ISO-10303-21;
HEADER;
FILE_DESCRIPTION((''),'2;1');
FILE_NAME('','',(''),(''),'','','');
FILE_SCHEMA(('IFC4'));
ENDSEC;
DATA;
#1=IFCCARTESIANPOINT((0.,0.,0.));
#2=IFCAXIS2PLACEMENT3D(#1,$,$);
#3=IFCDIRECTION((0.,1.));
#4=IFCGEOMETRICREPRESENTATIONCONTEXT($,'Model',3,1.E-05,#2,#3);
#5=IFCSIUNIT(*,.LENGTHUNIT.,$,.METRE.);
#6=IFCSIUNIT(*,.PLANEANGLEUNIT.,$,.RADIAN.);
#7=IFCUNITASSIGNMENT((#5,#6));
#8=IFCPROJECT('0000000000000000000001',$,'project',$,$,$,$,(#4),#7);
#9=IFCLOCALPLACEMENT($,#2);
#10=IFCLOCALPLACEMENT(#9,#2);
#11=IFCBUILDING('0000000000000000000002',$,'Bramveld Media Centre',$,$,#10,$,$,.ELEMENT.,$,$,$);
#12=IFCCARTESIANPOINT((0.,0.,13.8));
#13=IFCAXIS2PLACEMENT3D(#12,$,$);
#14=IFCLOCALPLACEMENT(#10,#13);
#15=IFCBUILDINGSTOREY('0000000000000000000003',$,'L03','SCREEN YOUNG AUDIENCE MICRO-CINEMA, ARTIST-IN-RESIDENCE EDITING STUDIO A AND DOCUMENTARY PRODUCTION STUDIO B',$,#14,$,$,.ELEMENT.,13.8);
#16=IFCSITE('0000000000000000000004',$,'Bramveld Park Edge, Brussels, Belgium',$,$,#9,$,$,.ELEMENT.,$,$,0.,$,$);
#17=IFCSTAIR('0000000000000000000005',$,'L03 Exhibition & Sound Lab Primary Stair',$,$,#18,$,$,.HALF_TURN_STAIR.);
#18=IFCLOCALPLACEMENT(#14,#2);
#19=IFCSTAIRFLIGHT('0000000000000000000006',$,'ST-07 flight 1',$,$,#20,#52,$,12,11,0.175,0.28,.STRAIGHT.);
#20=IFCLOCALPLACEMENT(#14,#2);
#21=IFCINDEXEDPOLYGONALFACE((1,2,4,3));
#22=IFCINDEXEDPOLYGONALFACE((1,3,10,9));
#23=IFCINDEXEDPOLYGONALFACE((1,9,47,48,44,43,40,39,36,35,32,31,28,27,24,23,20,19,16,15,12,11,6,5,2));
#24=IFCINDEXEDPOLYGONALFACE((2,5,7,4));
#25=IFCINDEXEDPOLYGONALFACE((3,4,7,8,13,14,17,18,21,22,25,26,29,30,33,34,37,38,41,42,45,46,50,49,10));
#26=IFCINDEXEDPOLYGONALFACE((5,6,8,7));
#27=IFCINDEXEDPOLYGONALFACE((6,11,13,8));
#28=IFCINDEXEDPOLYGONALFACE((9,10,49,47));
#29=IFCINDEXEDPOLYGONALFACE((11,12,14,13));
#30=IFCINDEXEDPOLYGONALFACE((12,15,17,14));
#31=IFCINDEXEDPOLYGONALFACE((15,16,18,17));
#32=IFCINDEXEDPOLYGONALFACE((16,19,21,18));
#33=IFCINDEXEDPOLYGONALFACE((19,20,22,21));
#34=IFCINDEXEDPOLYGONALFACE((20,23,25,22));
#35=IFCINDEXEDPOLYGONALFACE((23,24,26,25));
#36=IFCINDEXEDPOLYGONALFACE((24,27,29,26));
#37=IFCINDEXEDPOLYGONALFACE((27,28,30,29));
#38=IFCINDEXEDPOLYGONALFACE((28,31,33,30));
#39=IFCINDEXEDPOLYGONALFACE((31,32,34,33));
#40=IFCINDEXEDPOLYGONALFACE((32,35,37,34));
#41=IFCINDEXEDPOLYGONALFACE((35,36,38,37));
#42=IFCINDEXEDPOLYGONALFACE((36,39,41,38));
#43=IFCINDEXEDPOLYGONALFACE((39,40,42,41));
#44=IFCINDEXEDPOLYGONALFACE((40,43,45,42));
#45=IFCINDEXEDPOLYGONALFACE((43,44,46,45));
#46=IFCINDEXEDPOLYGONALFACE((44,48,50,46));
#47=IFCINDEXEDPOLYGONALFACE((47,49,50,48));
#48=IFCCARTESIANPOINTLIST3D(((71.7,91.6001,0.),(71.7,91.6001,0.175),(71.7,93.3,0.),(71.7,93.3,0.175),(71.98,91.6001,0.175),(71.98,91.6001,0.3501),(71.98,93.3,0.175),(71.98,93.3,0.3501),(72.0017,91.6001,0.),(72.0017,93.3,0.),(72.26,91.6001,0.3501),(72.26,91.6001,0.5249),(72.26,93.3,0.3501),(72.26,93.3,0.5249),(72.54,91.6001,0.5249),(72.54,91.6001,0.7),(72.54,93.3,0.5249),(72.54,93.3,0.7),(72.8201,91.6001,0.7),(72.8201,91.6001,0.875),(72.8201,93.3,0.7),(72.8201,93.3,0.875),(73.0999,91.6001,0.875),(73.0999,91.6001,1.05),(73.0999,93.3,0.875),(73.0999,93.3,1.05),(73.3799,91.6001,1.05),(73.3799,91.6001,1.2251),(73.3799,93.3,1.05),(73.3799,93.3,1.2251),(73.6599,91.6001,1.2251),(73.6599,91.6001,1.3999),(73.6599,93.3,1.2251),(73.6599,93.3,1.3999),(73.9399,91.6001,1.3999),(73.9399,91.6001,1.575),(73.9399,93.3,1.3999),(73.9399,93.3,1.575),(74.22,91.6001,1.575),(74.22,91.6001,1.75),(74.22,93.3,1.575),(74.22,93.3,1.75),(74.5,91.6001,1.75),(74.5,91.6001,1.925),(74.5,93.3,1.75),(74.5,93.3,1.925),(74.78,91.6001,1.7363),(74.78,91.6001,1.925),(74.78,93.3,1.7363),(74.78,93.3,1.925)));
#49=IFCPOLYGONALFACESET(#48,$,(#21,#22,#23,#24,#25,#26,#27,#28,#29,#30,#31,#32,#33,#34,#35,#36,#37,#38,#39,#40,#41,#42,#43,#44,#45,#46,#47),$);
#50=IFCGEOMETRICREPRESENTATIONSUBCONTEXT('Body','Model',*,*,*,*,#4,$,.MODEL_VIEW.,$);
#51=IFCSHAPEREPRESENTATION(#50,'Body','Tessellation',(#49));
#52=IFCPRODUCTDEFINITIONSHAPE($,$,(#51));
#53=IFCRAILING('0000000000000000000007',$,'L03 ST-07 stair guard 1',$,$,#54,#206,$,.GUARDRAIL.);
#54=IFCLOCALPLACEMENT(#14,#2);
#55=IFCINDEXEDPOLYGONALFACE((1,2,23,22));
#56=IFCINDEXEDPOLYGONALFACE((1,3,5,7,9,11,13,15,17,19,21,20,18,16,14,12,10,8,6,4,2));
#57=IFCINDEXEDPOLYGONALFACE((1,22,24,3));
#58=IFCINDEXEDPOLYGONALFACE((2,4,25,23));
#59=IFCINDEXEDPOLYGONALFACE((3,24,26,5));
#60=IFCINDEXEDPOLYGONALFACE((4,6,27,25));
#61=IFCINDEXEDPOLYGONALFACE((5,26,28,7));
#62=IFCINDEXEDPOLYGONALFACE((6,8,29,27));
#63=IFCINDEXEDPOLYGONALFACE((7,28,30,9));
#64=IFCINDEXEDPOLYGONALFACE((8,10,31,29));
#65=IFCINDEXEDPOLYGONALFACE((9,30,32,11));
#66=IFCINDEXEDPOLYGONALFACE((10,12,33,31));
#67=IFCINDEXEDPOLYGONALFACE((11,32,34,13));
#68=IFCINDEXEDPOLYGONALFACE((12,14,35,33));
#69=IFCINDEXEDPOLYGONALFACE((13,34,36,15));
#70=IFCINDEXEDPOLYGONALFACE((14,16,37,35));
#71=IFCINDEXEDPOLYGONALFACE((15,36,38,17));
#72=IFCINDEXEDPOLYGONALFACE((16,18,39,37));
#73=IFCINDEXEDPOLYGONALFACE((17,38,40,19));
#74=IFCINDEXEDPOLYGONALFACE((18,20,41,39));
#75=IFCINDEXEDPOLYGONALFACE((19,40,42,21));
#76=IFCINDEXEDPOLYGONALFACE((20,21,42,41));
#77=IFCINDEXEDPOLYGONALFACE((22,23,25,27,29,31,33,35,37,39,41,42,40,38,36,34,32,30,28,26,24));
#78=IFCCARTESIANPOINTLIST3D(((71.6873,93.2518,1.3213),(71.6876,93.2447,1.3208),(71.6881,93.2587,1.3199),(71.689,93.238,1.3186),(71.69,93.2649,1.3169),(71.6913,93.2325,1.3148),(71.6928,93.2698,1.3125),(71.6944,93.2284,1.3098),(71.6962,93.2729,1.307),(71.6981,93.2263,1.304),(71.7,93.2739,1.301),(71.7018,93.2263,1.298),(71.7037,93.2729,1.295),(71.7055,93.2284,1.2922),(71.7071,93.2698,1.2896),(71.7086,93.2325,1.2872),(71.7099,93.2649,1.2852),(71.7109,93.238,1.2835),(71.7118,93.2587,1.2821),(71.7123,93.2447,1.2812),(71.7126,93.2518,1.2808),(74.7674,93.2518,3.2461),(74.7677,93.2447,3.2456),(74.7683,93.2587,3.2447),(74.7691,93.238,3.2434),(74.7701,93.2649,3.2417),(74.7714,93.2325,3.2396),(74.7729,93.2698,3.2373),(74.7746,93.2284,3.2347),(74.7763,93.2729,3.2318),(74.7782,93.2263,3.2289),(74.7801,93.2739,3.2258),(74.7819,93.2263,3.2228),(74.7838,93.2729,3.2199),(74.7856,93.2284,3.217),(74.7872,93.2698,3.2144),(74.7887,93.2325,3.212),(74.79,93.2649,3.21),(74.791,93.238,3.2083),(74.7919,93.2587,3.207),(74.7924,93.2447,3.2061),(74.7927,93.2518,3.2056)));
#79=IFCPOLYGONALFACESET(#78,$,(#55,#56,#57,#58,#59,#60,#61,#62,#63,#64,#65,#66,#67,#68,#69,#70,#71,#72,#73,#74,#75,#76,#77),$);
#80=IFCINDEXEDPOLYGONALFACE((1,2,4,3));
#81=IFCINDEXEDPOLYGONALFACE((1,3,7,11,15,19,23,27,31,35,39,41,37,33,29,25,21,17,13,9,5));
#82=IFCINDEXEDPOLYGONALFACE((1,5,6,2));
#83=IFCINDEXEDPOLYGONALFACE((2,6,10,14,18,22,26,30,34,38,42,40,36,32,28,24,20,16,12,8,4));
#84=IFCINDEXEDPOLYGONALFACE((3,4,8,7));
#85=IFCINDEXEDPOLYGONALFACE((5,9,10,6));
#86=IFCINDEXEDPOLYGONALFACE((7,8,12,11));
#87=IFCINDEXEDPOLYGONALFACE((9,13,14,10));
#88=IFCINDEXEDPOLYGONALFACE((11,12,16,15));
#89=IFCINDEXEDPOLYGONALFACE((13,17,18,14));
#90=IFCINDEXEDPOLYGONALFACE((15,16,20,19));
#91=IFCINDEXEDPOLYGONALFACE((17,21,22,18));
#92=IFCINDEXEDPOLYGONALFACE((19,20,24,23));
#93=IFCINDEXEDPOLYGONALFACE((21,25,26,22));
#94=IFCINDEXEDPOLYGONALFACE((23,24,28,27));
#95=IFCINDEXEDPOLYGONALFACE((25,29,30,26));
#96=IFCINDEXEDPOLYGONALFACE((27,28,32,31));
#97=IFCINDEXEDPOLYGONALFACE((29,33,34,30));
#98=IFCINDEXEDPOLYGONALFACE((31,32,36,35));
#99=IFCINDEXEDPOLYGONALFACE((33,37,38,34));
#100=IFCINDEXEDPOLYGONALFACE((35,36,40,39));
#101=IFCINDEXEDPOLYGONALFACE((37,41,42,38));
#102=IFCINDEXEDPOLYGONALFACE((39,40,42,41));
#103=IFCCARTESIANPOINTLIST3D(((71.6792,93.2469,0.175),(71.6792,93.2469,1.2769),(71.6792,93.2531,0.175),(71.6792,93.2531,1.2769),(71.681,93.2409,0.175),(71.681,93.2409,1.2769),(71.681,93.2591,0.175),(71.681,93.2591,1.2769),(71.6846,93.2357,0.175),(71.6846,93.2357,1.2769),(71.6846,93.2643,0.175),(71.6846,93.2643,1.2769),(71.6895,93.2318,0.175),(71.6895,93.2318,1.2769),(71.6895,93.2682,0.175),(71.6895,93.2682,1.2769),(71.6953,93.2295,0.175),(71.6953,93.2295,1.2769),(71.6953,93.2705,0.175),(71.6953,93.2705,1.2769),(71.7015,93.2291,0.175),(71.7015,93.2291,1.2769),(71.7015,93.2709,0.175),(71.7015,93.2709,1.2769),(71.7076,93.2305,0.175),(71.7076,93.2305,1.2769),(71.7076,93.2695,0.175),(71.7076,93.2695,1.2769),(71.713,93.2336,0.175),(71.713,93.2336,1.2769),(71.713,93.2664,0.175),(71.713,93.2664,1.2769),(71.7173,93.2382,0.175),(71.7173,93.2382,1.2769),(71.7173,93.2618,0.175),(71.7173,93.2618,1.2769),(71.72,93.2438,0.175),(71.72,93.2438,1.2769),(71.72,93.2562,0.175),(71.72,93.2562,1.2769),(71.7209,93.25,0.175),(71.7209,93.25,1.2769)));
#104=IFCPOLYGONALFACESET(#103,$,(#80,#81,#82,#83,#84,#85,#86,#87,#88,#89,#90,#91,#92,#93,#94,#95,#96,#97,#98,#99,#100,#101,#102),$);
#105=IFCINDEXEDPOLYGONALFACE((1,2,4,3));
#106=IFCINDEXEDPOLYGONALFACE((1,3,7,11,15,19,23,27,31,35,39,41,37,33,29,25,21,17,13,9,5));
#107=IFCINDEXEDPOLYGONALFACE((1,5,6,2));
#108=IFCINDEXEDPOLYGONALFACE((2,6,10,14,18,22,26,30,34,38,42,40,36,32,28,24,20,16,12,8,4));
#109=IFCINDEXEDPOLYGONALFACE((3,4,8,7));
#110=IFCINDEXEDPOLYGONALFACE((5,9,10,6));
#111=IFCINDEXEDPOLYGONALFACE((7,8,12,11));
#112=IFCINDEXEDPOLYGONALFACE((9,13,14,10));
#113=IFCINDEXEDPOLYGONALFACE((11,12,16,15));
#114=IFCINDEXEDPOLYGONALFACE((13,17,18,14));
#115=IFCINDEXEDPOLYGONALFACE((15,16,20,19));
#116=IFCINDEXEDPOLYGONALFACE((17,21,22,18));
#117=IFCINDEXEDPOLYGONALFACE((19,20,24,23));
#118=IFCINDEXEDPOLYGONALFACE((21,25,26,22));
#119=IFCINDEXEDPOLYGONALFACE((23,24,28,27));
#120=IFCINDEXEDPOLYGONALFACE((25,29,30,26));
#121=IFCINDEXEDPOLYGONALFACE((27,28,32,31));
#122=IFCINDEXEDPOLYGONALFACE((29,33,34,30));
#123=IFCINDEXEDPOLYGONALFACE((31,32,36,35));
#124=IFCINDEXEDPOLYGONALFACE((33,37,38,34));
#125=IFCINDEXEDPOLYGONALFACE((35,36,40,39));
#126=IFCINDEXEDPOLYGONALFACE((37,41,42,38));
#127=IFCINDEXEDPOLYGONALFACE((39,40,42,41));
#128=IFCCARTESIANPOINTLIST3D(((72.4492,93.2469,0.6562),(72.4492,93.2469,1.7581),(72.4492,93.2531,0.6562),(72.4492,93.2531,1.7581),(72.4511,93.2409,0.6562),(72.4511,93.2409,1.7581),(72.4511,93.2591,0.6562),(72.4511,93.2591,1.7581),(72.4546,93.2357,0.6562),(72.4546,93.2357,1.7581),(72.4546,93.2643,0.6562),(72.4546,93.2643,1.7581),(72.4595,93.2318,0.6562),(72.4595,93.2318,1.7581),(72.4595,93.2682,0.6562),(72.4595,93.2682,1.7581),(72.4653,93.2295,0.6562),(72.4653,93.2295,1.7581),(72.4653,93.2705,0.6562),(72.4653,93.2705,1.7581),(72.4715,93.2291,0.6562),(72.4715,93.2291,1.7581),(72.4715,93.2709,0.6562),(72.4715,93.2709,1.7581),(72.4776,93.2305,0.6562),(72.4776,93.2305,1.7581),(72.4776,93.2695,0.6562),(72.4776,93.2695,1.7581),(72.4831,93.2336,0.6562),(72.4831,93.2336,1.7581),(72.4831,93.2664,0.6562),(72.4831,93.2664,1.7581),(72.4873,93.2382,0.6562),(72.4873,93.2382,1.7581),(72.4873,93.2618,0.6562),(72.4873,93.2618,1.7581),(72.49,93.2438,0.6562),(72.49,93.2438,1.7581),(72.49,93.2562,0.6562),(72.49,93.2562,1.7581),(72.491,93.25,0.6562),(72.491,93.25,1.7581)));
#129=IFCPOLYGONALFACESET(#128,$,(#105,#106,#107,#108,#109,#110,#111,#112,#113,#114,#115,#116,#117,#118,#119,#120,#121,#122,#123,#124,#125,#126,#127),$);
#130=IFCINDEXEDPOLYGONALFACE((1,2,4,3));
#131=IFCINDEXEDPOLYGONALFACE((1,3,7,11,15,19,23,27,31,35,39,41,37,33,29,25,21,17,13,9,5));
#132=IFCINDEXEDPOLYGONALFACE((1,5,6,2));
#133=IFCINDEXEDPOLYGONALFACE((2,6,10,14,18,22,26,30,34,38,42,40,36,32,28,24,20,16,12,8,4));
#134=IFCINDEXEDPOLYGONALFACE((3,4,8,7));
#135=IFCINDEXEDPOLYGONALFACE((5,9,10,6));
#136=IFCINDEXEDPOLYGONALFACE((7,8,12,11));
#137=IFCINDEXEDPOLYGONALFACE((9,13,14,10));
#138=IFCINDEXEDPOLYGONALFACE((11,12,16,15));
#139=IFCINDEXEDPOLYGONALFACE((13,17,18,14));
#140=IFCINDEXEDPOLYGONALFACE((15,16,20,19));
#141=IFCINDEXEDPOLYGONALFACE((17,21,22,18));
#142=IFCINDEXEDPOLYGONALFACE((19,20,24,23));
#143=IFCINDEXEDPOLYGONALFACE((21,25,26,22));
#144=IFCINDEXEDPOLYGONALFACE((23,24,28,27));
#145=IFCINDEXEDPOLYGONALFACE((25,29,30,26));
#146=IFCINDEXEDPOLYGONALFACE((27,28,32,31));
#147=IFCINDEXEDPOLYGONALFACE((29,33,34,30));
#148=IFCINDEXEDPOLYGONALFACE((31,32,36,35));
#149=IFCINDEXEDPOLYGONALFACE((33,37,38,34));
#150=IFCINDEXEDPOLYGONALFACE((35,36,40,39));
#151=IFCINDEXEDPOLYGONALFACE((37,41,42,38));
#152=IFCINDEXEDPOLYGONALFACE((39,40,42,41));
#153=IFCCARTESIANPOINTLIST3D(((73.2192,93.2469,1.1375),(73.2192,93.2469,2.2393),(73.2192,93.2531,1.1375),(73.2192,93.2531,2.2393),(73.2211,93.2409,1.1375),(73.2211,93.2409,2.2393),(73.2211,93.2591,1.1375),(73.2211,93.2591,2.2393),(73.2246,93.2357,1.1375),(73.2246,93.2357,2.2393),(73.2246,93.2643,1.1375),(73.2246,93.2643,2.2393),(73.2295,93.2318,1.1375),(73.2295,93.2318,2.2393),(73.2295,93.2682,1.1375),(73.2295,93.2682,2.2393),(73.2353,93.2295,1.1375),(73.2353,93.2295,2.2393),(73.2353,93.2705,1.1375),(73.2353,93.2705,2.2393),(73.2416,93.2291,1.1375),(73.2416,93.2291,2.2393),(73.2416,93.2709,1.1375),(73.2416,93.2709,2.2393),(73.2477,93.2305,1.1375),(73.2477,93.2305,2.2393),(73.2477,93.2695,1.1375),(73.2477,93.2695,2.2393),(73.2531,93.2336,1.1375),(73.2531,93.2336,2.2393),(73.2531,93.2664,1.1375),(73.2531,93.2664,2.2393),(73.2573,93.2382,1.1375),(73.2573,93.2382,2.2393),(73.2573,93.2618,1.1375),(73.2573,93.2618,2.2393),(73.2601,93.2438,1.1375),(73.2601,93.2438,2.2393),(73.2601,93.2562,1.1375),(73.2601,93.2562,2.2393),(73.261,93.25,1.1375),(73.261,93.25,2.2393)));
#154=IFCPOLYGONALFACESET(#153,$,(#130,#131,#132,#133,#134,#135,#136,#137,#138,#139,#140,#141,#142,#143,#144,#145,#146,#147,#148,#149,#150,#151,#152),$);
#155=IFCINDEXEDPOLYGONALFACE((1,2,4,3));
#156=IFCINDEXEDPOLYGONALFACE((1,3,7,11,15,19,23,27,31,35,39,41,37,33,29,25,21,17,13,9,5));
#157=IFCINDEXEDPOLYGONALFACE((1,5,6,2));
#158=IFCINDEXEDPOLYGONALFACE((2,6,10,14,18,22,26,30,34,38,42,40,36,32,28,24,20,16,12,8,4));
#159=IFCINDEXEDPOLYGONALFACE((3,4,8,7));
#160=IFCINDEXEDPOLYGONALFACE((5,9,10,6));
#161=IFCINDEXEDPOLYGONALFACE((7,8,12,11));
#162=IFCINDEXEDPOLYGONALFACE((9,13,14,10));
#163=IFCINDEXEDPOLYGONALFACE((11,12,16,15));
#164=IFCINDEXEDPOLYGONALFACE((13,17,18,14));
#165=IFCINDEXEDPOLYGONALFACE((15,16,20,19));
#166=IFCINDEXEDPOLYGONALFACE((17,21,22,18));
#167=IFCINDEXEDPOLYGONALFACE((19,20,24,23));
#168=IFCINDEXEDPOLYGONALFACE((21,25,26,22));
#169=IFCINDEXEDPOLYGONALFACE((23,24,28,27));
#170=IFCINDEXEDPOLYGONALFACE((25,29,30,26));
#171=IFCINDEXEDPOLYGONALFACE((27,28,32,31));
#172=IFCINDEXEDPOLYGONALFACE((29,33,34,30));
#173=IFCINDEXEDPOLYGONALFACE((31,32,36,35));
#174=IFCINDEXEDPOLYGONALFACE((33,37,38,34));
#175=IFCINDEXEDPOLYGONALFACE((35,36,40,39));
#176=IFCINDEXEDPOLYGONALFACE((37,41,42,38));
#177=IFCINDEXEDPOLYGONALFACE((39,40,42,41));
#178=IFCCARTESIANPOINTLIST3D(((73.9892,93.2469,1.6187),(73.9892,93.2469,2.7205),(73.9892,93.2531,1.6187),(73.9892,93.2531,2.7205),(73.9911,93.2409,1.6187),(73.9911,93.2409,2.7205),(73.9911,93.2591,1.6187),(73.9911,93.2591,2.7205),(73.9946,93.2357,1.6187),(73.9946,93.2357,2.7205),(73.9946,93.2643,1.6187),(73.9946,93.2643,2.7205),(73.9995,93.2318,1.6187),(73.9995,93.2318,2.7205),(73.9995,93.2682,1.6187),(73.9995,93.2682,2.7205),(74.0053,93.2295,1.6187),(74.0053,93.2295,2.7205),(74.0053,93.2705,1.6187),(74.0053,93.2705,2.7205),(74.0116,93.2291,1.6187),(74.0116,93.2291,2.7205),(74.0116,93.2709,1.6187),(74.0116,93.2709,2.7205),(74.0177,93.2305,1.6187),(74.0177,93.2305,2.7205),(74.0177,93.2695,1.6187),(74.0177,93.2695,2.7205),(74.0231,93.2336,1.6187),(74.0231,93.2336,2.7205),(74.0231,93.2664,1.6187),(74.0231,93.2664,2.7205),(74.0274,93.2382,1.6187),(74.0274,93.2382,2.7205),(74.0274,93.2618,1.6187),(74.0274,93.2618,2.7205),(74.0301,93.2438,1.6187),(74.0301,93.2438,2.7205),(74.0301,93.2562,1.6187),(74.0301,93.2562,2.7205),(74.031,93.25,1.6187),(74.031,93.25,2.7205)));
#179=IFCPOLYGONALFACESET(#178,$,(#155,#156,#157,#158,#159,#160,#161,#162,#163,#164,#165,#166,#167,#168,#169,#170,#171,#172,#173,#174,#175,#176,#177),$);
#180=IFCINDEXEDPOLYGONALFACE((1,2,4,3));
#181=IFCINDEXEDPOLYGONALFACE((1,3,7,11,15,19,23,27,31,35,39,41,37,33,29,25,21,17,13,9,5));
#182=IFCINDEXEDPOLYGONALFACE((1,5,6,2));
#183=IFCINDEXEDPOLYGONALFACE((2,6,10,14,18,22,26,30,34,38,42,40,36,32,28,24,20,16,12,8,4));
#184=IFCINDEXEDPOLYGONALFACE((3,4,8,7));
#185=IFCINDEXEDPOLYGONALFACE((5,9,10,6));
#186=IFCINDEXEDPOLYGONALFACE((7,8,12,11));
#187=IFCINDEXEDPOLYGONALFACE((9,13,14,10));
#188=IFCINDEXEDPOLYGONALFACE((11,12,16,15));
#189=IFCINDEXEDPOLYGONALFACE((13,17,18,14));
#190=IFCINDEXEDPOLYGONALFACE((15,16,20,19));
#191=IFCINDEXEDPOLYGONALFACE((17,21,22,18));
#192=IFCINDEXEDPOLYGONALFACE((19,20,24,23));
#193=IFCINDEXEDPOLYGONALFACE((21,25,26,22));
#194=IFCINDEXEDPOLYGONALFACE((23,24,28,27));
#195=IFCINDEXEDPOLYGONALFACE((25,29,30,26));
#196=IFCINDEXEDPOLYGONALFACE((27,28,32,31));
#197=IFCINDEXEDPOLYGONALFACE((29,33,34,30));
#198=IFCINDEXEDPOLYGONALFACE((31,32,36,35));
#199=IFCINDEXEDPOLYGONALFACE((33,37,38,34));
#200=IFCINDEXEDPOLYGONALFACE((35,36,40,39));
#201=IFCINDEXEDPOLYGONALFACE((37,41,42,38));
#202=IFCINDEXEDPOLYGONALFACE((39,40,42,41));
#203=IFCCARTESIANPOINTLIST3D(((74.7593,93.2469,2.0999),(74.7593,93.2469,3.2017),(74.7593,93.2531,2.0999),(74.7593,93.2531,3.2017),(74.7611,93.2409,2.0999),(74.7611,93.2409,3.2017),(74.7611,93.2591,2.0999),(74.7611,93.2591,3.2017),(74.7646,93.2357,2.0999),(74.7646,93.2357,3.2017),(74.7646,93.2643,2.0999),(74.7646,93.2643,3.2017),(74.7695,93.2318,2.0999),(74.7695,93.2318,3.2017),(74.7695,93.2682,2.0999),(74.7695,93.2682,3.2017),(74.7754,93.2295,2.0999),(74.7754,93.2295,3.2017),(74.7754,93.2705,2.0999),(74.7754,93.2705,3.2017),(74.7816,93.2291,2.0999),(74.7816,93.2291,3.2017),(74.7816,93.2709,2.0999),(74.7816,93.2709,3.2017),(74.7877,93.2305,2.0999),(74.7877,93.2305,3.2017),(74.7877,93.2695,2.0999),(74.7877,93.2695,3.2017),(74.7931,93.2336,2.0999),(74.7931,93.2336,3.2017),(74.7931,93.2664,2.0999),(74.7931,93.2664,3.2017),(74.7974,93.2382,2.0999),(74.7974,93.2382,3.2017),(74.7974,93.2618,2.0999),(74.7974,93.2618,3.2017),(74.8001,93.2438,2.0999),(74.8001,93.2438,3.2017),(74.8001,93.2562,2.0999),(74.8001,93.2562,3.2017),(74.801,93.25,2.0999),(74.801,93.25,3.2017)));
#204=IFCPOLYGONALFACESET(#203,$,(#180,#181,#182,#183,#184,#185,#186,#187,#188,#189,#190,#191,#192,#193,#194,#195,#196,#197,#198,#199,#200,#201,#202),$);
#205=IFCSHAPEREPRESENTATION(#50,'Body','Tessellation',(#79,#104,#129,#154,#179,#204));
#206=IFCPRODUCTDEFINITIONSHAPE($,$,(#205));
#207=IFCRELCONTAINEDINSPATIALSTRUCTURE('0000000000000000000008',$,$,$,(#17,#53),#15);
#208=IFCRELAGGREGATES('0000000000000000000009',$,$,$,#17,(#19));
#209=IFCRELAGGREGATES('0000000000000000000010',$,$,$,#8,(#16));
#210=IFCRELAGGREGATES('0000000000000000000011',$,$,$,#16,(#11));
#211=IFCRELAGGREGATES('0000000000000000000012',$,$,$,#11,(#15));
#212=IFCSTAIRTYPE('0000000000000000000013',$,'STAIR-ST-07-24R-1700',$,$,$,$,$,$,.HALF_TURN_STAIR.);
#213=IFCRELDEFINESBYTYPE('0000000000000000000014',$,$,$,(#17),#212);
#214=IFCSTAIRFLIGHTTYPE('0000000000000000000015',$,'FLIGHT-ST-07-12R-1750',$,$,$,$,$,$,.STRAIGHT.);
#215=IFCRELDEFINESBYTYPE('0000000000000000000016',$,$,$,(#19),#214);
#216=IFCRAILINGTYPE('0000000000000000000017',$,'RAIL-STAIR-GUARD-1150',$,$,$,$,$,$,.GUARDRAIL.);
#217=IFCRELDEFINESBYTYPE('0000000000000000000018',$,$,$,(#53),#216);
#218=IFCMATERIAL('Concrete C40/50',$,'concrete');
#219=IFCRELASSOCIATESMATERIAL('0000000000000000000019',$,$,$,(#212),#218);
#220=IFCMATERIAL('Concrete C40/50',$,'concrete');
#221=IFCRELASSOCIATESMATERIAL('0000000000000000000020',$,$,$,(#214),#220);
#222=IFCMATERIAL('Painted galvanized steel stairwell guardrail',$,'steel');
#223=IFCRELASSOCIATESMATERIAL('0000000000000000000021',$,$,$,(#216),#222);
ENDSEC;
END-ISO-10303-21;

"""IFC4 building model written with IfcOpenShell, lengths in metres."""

from ifc_helpers import new_model, si_unit, direction, frame, origin, origin_2d, place, context, subcontext, project, spatial, polyline, circle, outline, extrude, material, type_object, element, aggregate, save


model = new_model("IFC4")

# Units and contexts
model_context = context("Model", 3, precision=1e-05, world=origin(), true_north=direction((0.0, 1.0)))
body_context = subcontext(model_context, "Body", "Model", "MODEL_VIEW")
ifc_project = project(units=[si_unit("LENGTHUNIT", "METRE"), si_unit("PLANEANGLEUNIT", "RADIAN")], contexts=[model_context])

# Site, building, storey
site_placement = place(None, origin())
site = spatial("IfcSite", under=ifc_project, at=site_placement, Name="Bramveld Park Edge, Brussels, Belgium", CompositionType="ELEMENT", RefElevation=0.0)
building_placement = place(site_placement, origin())
building = spatial("IfcBuilding", under=site, at=building_placement, Name="Bramveld Media Centre", CompositionType="ELEMENT")
storey_placement = place(building_placement, frame((0.0, 0.0, 13.8)))
storey = spatial("IfcBuildingStorey", under=building, at=storey_placement, Name="L03", Description="SCREEN YOUNG AUDIENCE MICRO-CINEMA, ARTIST-IN-RESIDENCE EDITING STUDIO A AND DOCUMENTARY PRODUCTION STUDIO B", CompositionType="ELEMENT", Elevation=13.8)

# Stair, stair flight
ifc_material_1 = material(Name="Concrete C40/50", Category="concrete")
stair_type = type_object("IfcStairType", Name="STAIR-ST-07-24R-1700", PredefinedType="HALF_TURN_STAIR", material=ifc_material_1)
stair_placement = place(storey_placement, origin())
stair = element("IfcStair", 1, at=stair_placement, inside=storey, type_object=stair_type, Name="L03 Exhibition & Sound Lab Primary Stair", PredefinedType="HALF_TURN_STAIR")
ifc_material_2 = material(Name="Concrete C40/50", Category="concrete")
stair_flight_type = type_object("IfcStairFlightType", Name="FLIGHT-ST-07-12R-1750", PredefinedType="STRAIGHT", material=ifc_material_2)
stair_flight_placement = place(storey_placement, frame((71.7, 92.45, 0.0), z_axis=(0.0, 0.0, 1.0), x_axis=(1.0, 0.0, 0.0)))
stair_flight = element("IfcStairFlight", 2, at=stair_flight_placement, type_object=stair_flight_type, Name="ST-07 flight 1", NumberOfRisers=12, NumberOfTreads=11, PredefinedType="STRAIGHT", RiserHeight=0.175, TreadLength=0.28, context=body_context, shape_type="SweptSolid", body=[
    extrude(outline(polyline([(0.0, 0.0), (0.0, 0.175), (0.28, 0.175), (0.28, 0.3501), (0.5601, 0.3501), (0.5601, 0.5249), (0.8401, 0.5249), (0.8401, 0.7), (1.1201, 0.7), (1.1201, 0.875), (1.3999, 0.875), (1.3999, 1.05), (1.6799, 1.05), (1.6799, 1.2251), (1.96, 1.2251), (1.96, 1.3999), (2.24, 1.3999), (2.24, 1.575), (2.52, 1.575), (2.52, 1.75), (2.8, 1.75), (2.8, 1.925), (3.0801, 1.925), (3.0801, 2.1001), (3.0801, 1.7363), (0.3018, 0.0), (0.0, 0.0)])), frame((0.0, 0.8501, 0.0), z_axis=(0.0, -1.0, 0.0), x_axis=(1.0, 0.0, 0.0)), (0.0, 0.0, 1.0), 1.7),
])
aggregate(stair, [stair_flight])

# Railing
ifc_material_3 = material(Name="Painted galvanized steel stairwell guardrail", Category="steel")
railing_type_1 = type_object("IfcRailingType", Name="RAIL-STAIR-GUARD-1150", PredefinedType="GUARDRAIL", material=ifc_material_3)
railing_1_placement = place(storey_placement, frame((71.7, 93.25, 0.175)))
element("IfcRailing", 3, at=railing_1_placement, inside=storey, type_object=railing_type_1, Name="L03 ST-07 stair guard 1", PredefinedType="GUARDRAIL", context=body_context, shape_type="SweptSolid", body=[
    extrude(circle(Radius=0.0239, at=origin_2d()), frame((0.0, 0.0, 1.126), z_axis=(0.848029, 0.0, 0.529951), x_axis=(0.0, 1.0, 0.0)), (0.0, 0.0, 1.0), 3.6321),
    extrude(circle(Radius=0.021, at=origin_2d()), origin(), (0.0, 0.0, 1.0), 1.1018),
    extrude(circle(Radius=0.021, at=origin_2d()), frame((0.77, 0.0, 0.4812)), (0.0, 0.0, 1.0), 1.1018),
    extrude(circle(Radius=0.021, at=origin_2d()), frame((1.54, 0.0, 0.9624)), (0.0, 0.0, 1.0), 1.1018),
    extrude(circle(Radius=0.021, at=origin_2d()), frame((2.3101, 0.0, 1.4436)), (0.0, 0.0, 1.0), 1.1018),
    extrude(circle(Radius=0.021, at=origin_2d()), frame((3.0801, 0.0, 1.9248)), (0.0, 0.0, 1.0), 1.1018),
])

save(model, "model.ifc")
